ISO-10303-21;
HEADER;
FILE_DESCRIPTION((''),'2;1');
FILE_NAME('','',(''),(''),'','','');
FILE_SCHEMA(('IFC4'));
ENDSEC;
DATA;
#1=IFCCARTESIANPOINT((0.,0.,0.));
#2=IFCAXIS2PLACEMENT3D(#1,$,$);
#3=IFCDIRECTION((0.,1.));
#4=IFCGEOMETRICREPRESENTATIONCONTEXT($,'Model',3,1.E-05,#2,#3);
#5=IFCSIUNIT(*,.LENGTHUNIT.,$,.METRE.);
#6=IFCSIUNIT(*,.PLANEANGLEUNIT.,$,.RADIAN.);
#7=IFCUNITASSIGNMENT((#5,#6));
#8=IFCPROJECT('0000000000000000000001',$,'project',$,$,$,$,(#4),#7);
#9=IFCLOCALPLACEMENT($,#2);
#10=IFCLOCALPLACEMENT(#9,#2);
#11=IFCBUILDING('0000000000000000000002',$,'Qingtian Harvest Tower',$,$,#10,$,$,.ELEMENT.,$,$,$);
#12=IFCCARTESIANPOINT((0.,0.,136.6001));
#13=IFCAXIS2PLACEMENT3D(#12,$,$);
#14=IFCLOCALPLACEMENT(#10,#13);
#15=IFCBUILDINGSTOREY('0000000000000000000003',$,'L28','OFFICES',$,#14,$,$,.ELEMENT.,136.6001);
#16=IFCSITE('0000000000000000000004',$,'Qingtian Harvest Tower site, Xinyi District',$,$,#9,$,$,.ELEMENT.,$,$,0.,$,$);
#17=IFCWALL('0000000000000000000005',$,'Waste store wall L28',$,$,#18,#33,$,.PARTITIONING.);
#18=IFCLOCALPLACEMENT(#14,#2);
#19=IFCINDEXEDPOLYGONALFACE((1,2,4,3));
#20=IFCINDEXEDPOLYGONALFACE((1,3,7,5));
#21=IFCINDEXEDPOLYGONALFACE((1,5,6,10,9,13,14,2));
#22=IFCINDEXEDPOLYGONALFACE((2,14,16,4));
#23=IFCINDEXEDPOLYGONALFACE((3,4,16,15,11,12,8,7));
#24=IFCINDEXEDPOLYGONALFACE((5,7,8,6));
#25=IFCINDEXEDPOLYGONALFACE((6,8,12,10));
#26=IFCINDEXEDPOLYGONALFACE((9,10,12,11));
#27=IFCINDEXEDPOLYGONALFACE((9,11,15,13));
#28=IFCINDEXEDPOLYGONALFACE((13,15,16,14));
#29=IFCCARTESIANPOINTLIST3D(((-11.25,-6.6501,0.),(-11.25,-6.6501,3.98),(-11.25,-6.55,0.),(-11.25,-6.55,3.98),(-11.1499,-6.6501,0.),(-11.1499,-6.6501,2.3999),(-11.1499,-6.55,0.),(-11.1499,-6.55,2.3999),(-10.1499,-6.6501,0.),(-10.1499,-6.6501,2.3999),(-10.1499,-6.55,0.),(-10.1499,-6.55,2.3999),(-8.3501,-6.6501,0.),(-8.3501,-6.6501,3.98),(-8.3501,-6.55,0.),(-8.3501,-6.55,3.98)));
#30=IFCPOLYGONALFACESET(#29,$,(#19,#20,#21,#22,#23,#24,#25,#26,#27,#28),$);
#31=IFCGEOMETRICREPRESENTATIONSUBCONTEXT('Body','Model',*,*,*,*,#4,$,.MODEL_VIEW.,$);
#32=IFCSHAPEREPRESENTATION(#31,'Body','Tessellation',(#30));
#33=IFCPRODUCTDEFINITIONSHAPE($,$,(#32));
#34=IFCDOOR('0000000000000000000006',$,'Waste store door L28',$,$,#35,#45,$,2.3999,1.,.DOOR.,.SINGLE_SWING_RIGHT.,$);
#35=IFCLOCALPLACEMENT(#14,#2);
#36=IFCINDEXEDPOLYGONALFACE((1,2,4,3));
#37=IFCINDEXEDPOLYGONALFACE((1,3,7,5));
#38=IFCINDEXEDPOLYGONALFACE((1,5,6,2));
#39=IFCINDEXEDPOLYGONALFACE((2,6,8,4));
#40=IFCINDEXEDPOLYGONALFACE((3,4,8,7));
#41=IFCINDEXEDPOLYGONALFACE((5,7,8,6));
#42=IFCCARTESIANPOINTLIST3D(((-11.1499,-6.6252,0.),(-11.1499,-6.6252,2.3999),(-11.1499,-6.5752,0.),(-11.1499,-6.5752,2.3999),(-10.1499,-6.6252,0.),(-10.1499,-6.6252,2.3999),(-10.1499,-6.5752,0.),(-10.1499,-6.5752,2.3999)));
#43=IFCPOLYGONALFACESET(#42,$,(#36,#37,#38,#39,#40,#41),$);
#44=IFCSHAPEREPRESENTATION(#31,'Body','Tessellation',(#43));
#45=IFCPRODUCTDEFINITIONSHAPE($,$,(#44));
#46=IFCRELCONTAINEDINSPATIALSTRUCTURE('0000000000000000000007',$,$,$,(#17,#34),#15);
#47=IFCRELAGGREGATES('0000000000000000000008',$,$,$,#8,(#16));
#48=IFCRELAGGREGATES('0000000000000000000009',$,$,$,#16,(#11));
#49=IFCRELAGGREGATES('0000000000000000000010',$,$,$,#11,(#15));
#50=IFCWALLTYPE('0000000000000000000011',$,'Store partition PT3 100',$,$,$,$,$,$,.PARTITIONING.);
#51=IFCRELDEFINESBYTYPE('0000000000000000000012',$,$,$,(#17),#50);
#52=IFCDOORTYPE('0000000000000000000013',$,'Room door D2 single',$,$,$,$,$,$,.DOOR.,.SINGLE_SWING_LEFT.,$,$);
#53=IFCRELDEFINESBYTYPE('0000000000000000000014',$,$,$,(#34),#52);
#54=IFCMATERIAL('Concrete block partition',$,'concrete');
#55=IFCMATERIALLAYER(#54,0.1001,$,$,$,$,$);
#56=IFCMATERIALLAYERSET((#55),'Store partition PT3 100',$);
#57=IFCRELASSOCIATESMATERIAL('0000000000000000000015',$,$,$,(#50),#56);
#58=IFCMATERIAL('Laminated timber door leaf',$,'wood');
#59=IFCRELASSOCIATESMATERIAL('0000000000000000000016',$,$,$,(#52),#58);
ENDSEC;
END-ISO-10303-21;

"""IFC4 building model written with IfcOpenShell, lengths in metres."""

from ifc_helpers import new_model, si_unit, direction, frame, frame_2d, origin, place, context, subcontext, project, spatial, rectangle, extrude, material, layer, layer_set, type_object, element, fill, save


model = new_model("IFC4")

# Units and contexts
model_context = context("Model", 3, precision=1e-05, world=origin(), true_north=direction((0.0, 1.0)))
body_context = subcontext(model_context, "Body", "Model", "MODEL_VIEW")
ifc_project = project(units=[si_unit("LENGTHUNIT", "METRE"), si_unit("PLANEANGLEUNIT", "RADIAN")], contexts=[model_context])

# Site, building, storey
site_placement = place(None, origin())
site = spatial("IfcSite", under=ifc_project, at=site_placement, Name="Qingtian Harvest Tower site, Xinyi District", CompositionType="ELEMENT", RefElevation=0.0)
building_placement = place(site_placement, origin())
building = spatial("IfcBuilding", under=site, at=building_placement, Name="Qingtian Harvest Tower", CompositionType="ELEMENT")
storey_placement = place(building_placement, frame((0.0, 0.0, 136.6001)))
storey = spatial("IfcBuildingStorey", under=building, at=storey_placement, Name="L28", Description="OFFICES", CompositionType="ELEMENT", Elevation=136.6001)

# Wall, opening, door
ifc_material_1 = material(Name="Concrete block partition", Category="concrete")
ifc_layer_1 = layer(ifc_material_1, 0.1001)
ifc_layer_set_1 = layer_set([ifc_layer_1], Name="Store partition PT3 100")
wall_type_1 = type_object("IfcWallType", Name="Store partition PT3 100", PredefinedType="PARTITIONING", material=ifc_layer_set_1)
wall_1_placement = place(storey_placement, frame((-11.25, -6.6001, 0.0), z_axis=(0.0, 0.0, 1.0), x_axis=(1.0, 0.0, 0.0)))
wall_1 = element("IfcWall", 1, at=wall_1_placement, inside=storey, type_object=wall_type_1, Name="Waste store wall L28", PredefinedType="PARTITIONING", context=body_context, shape_type="SweptSolid", body=[
    extrude(rectangle(XDim=2.8999, YDim=0.1001, at=frame_2d((1.45, 0.0))), origin(), (0.0, 0.0, 1.0), 3.98),
])
opening_1_placement = place(wall_1_placement, frame((0.1001, 0.0, 0.0)))
opening_1 = element("IfcOpeningElement", 2, at=opening_1_placement, cuts=wall_1, PredefinedType="OPENING", context=body_context, shape_type="SweptSolid", body=[
    extrude(rectangle(XDim=1.0, YDim=2.3999, at=frame_2d((0.5, 1.2))), frame((0.0, 0.0601, 0.0), z_axis=(0.0, -1.0, 0.0), x_axis=(1.0, 0.0, 0.0)), (0.0, 0.0, 1.0), 0.1201),
])
ifc_material_2 = material(Name="Laminated timber door leaf", Category="wood")
door_type_1 = type_object("IfcDoorType", Name="Room door D2 single", OperationType="SINGLE_SWING_LEFT", PredefinedType="DOOR", material=ifc_material_2)
door_1_placement = place(opening_1_placement, origin())
door_1 = element("IfcDoor", 3, at=door_1_placement, inside=storey, type_object=door_type_1, Name="Waste store door L28", OperationType="SINGLE_SWING_RIGHT", OverallHeight=2.3999, OverallWidth=1.0, PredefinedType="DOOR", context=body_context, shape_type="SweptSolid", body=[
    extrude(rectangle(XDim=1.0, YDim=2.3999, at=frame_2d((0.5, 1.2))), frame((0.0, 0.0249, 0.0), z_axis=(0.0, -1.0, 0.0), x_axis=(1.0, 0.0, 0.0)), (0.0, 0.0, 1.0), 0.05),
])
fill(opening_1, door_1)

save(model, "model.ifc")
